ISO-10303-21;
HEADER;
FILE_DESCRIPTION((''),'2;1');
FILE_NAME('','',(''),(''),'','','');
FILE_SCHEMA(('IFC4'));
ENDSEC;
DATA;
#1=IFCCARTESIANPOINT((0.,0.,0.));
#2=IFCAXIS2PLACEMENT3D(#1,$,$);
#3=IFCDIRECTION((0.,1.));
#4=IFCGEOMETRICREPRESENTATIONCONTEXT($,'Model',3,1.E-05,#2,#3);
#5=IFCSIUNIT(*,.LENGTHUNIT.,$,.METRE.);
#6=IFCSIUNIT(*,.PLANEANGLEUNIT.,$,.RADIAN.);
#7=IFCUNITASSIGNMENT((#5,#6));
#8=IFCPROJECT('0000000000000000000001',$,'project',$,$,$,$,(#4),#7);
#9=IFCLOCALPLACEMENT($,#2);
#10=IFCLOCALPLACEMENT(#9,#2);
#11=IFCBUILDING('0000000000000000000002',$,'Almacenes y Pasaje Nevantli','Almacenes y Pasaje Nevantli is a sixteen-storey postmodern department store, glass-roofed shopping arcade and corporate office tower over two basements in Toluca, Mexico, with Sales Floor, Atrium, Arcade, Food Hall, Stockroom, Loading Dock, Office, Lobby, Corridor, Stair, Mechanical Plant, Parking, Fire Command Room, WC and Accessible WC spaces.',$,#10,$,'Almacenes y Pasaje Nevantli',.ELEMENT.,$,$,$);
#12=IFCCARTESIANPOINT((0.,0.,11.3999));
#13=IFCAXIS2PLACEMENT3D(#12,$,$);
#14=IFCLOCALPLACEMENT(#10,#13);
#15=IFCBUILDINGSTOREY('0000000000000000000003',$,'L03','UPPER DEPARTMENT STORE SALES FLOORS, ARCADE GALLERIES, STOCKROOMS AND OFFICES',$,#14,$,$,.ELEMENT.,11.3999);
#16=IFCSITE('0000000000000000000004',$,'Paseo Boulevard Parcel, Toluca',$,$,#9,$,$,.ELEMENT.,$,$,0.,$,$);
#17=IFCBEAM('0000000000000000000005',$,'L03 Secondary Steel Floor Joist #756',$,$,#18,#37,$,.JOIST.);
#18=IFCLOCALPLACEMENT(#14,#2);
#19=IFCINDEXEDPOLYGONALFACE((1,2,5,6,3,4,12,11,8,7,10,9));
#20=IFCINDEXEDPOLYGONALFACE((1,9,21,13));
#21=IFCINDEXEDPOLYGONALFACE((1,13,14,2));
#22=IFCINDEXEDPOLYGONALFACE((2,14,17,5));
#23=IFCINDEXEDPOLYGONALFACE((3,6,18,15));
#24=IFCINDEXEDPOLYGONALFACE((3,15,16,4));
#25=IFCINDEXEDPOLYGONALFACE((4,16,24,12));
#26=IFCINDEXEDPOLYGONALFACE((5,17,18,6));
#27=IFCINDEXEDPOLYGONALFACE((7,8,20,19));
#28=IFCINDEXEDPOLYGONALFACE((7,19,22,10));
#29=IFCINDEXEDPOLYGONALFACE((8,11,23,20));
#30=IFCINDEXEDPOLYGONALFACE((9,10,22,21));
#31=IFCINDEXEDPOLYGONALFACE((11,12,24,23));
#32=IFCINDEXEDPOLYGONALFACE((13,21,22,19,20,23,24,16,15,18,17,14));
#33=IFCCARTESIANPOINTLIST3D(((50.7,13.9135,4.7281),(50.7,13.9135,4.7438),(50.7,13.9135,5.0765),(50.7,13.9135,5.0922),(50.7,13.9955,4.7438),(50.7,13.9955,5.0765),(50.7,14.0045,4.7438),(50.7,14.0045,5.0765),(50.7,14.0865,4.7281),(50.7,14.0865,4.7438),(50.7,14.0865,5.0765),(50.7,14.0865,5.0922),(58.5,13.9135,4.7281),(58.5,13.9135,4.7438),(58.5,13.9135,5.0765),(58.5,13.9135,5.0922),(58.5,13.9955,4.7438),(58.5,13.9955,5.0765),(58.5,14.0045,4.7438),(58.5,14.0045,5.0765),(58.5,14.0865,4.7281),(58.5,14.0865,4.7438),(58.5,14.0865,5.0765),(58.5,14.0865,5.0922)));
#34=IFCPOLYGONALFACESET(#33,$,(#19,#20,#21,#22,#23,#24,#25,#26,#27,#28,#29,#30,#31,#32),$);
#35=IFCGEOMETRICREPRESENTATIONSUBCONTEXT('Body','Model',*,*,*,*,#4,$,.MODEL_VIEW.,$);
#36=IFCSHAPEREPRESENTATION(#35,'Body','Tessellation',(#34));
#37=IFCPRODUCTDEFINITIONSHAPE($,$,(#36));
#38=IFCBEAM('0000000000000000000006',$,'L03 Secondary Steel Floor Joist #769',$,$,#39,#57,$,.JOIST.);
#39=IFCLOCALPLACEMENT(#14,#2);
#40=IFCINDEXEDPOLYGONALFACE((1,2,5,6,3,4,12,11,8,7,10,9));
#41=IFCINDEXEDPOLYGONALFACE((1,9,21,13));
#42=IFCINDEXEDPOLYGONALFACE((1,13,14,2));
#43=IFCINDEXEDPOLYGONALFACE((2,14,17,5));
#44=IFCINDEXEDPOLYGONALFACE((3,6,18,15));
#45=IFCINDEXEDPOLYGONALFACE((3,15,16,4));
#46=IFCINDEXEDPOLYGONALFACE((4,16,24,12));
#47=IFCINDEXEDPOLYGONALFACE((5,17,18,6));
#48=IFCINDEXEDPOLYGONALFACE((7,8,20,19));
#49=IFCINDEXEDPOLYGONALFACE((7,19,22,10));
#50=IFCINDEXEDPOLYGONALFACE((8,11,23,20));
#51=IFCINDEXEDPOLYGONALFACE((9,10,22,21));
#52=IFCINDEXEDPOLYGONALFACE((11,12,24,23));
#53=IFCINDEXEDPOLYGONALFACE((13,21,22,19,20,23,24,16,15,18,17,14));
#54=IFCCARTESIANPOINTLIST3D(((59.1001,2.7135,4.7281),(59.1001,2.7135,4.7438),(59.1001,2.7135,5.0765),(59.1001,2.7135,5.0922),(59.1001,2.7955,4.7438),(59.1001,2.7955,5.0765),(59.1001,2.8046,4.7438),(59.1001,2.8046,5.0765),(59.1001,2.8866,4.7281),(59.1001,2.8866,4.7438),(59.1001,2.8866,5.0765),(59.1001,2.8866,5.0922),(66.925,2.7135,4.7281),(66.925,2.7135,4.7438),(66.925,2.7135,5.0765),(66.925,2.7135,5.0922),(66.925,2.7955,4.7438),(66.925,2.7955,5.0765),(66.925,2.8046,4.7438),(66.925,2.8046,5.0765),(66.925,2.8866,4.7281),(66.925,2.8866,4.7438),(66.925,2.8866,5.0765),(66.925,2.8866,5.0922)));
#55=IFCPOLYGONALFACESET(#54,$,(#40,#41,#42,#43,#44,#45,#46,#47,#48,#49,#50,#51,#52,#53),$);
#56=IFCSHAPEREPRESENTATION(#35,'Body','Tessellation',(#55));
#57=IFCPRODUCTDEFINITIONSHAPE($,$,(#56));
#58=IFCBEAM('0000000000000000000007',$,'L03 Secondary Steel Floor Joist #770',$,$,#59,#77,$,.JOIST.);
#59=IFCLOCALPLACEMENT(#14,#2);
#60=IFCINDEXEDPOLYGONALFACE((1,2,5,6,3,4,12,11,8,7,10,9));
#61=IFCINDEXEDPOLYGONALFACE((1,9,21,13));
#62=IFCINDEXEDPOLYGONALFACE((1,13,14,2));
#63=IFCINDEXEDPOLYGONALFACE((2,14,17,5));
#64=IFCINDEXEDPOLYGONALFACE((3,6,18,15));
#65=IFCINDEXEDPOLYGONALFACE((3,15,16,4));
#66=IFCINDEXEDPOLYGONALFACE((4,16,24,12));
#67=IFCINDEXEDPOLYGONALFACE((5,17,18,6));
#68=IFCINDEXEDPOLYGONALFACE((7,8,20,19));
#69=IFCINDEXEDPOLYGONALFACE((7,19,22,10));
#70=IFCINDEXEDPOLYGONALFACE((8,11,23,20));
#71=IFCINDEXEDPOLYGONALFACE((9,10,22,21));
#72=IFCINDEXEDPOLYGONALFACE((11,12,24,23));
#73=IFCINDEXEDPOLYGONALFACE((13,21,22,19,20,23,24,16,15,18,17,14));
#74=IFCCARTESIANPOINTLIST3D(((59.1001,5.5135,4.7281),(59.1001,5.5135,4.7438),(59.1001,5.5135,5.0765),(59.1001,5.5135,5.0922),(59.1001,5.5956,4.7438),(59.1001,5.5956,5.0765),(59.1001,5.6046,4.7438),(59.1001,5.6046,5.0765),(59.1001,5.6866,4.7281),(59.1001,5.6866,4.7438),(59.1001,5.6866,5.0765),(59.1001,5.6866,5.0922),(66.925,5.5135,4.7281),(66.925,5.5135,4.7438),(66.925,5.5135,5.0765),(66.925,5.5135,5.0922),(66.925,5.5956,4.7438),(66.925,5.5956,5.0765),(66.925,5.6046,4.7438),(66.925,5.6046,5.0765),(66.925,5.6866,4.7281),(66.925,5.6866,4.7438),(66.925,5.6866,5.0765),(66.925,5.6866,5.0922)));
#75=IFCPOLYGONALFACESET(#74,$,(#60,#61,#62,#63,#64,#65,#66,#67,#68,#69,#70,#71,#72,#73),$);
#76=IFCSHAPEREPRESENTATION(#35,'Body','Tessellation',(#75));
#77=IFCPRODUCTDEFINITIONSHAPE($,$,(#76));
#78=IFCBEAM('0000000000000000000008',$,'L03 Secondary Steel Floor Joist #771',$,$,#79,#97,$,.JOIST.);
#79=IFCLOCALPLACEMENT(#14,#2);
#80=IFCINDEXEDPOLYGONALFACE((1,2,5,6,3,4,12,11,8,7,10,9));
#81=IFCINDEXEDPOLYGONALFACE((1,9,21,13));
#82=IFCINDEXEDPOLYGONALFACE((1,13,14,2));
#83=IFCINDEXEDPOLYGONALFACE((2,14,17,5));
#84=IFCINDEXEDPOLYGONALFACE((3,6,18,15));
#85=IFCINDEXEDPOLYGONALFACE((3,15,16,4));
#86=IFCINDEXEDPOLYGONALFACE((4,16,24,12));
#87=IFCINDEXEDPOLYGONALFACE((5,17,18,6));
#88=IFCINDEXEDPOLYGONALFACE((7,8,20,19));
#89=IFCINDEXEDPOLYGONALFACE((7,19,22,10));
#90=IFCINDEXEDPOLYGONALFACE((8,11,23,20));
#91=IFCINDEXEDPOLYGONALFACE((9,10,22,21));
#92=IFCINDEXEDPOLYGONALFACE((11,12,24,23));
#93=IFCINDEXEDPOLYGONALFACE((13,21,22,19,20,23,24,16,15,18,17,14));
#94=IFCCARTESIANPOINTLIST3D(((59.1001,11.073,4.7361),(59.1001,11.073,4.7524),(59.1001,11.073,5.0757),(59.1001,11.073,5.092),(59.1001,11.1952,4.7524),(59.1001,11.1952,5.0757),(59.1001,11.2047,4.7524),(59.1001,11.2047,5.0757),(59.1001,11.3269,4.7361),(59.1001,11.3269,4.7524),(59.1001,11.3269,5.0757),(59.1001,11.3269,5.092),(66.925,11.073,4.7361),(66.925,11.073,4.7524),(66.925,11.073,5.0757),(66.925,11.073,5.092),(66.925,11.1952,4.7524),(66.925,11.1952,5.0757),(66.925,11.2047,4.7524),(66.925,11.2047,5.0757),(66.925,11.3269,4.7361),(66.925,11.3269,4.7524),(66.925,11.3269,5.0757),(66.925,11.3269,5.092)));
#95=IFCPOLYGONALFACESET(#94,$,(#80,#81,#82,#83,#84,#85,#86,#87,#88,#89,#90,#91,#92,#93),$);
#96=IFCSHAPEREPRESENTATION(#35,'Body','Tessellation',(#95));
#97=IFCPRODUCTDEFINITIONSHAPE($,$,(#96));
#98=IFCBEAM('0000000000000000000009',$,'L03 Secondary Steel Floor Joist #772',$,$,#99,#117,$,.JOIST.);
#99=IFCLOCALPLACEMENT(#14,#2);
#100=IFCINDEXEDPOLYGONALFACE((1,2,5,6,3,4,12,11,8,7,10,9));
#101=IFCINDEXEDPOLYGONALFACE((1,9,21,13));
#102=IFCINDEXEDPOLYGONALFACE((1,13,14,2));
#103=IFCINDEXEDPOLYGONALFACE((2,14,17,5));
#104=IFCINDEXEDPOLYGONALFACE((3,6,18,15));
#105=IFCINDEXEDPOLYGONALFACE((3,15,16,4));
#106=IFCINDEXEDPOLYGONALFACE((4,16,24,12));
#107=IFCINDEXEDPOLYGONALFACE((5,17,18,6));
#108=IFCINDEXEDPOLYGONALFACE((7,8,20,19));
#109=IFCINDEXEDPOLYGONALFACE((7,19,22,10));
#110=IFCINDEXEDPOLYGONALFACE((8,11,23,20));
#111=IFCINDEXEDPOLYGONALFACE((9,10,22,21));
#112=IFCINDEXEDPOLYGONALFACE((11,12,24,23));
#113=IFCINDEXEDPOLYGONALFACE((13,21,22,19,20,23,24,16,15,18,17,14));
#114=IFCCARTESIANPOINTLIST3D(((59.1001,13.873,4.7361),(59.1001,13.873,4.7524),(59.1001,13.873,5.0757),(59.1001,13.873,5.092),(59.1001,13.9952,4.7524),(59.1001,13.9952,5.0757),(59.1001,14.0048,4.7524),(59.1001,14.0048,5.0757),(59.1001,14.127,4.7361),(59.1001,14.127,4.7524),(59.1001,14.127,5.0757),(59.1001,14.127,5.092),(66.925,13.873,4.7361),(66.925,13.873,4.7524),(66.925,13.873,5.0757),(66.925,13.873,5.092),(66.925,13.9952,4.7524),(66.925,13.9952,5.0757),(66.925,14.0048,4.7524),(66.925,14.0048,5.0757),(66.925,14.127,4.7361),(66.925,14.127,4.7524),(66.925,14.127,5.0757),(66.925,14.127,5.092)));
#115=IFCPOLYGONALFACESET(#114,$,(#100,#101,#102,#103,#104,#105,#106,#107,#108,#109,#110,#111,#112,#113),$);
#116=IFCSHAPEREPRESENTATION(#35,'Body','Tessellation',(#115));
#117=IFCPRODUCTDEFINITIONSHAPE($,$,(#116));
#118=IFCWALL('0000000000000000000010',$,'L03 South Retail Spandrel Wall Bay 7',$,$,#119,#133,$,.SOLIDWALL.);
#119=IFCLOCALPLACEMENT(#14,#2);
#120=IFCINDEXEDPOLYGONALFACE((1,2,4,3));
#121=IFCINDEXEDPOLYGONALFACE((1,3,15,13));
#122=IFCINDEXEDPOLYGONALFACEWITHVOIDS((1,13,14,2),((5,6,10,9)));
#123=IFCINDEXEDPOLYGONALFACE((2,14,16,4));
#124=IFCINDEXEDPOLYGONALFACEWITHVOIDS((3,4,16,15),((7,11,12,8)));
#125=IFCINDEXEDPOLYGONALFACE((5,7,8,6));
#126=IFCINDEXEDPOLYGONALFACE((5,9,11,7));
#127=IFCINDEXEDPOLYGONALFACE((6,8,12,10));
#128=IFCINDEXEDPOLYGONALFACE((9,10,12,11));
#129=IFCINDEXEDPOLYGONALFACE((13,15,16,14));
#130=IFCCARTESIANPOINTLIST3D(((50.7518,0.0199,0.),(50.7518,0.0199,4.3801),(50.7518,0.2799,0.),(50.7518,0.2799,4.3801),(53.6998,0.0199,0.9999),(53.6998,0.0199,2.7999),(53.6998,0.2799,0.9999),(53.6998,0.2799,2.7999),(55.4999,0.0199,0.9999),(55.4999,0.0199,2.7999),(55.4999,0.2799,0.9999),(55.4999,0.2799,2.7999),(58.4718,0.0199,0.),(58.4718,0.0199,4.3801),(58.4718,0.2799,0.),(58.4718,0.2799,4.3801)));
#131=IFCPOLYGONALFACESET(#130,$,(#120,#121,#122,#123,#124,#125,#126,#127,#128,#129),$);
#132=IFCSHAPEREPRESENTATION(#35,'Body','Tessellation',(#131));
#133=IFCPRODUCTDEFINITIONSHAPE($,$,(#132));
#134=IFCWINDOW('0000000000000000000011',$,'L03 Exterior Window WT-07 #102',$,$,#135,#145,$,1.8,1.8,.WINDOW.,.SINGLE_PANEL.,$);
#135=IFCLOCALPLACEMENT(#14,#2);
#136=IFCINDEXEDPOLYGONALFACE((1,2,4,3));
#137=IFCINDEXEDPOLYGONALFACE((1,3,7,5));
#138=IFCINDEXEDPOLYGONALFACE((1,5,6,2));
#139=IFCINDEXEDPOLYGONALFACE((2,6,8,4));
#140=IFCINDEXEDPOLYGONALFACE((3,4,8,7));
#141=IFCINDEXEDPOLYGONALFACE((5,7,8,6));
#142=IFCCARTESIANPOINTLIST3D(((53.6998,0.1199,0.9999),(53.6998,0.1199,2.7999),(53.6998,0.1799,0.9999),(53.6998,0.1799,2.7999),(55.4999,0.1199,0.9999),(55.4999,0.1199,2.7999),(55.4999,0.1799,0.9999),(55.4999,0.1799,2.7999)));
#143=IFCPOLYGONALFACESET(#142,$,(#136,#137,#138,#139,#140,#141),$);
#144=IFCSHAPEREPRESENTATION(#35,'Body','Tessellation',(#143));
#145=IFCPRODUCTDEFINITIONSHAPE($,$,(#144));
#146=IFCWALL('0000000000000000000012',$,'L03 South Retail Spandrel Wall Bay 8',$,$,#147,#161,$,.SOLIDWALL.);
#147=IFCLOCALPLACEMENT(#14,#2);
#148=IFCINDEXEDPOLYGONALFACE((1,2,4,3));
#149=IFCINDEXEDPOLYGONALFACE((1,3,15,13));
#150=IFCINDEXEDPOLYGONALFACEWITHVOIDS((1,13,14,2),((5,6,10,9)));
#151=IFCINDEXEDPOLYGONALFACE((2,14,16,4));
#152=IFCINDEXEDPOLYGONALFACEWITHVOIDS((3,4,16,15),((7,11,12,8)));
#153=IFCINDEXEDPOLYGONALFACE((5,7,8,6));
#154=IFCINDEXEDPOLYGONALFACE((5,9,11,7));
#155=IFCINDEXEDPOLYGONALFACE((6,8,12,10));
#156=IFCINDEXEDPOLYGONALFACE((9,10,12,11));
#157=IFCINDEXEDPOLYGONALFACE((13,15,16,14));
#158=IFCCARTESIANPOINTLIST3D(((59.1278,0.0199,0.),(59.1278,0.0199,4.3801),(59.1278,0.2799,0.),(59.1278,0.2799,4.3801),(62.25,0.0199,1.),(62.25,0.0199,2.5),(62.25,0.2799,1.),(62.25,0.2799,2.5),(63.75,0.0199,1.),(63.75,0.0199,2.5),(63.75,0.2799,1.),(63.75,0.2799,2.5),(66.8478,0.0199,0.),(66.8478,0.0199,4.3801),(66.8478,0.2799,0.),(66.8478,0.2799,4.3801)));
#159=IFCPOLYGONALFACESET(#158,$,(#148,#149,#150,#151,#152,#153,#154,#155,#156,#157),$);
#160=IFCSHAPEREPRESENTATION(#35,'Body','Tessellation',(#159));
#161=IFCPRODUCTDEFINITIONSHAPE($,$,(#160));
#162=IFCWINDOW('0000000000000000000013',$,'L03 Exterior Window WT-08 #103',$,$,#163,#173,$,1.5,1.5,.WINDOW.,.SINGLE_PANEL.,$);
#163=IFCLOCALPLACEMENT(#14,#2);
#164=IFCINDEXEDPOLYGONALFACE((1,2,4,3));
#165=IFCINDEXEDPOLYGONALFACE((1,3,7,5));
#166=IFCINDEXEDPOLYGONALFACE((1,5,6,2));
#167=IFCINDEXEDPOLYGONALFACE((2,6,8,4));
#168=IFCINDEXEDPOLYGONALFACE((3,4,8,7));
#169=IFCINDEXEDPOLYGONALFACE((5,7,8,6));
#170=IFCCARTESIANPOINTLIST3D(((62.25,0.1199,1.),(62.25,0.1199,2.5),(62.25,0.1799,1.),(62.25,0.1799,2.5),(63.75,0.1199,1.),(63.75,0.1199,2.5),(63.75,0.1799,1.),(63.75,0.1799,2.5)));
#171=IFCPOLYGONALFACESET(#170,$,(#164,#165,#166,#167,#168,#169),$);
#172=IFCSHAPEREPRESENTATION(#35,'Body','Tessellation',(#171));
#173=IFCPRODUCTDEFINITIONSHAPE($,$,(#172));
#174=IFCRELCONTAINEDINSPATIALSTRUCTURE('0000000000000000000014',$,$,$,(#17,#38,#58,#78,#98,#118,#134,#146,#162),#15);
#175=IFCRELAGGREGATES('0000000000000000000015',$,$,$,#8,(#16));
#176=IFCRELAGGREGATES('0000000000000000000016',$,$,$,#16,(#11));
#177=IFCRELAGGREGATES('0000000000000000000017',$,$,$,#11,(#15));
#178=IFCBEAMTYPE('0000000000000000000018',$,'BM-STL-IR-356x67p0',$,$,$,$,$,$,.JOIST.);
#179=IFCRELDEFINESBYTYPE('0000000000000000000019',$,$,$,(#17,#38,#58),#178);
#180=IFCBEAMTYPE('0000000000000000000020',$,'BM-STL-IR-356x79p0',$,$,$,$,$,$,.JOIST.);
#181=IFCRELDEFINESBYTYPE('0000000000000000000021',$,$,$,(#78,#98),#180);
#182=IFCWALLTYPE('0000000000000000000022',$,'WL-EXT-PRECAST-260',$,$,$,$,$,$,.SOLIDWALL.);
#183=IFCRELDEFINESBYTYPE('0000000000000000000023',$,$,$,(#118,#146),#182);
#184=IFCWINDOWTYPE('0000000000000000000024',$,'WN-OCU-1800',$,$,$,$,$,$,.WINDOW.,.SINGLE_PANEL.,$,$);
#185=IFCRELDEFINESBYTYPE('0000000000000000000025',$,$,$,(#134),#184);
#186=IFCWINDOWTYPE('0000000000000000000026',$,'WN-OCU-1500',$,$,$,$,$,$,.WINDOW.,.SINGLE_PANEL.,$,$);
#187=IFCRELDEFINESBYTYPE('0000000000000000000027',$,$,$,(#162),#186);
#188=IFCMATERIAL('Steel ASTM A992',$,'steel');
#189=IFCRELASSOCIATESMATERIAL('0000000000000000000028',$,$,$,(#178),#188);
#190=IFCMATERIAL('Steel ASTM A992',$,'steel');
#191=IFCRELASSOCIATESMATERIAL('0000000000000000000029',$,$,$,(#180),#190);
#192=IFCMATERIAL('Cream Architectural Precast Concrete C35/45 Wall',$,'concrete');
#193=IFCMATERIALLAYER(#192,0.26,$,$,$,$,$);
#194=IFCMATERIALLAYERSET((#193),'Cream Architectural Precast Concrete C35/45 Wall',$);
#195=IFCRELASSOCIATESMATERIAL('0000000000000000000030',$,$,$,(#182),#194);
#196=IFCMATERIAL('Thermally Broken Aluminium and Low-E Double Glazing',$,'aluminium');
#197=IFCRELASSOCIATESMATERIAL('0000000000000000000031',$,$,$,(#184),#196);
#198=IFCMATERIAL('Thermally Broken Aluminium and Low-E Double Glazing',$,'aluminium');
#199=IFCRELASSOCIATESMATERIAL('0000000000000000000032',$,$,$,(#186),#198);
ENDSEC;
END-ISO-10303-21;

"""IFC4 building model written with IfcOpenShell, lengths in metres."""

from ifc_helpers import new_model, si_unit, direction, frame, frame_2d, origin, origin_2d, place, context, subcontext, project, spatial, rectangle, i_section, extrude, material, layer, layer_set, material_profile, profile_set, type_object, element, fill, save


model = new_model("IFC4")

# Units and contexts
model_context = context("Model", 3, precision=1e-05, world=origin(), true_north=direction((0.0, 1.0)))
body_context = subcontext(model_context, "Body", "Model", "MODEL_VIEW")
ifc_project = project(units=[si_unit("LENGTHUNIT", "METRE"), si_unit("PLANEANGLEUNIT", "RADIAN")], contexts=[model_context])

# Site, building, storey
site_placement = place(None, origin())
site = spatial("IfcSite", under=ifc_project, at=site_placement, Name="Paseo Boulevard Parcel, Toluca", CompositionType="ELEMENT", RefElevation=0.0)
building_placement = place(site_placement, origin())
building = spatial("IfcBuilding", under=site, at=building_placement, Name="Almacenes y Pasaje Nevantli", Description="Almacenes y Pasaje Nevantli is a sixteen-storey postmodern department store, glass-roofed shopping arcade and corporate office tower over two basements in Toluca, Mexico, with Sales Floor, Atrium, Arcade, Food Hall, Stockroom, Loading Dock, Office, Lobby, Corridor, Stair, Mechanical Plant, Parking, Fire Command Room, WC and Accessible WC spaces.", LongName="Almacenes y Pasaje Nevantli", CompositionType="ELEMENT")
storey_placement = place(building_placement, frame((0.0, 0.0, 11.3999)))
storey = spatial("IfcBuildingStorey", under=building, at=storey_placement, Name="L03", Description="UPPER DEPARTMENT STORE SALES FLOORS, ARCADE GALLERIES, STOCKROOMS AND OFFICES", CompositionType="ELEMENT", Elevation=11.3999)

# Beams
ifc_material_1 = material(Name="Steel ASTM A992", Category="steel")
ifc_material_profile_1 = material_profile(ifc_material_1, i_section(OverallWidth=0.1731, OverallDepth=0.364, WebThickness=0.009, FlangeThickness=0.0156, at=origin_2d()), Name="IR 356x67.0")
ifc_profile_set_1 = profile_set([ifc_material_profile_1], Name="Steel ASTM A992")
beam_type_1 = type_object("IfcBeamType", Name="BM-STL-IR-356x67p0", PredefinedType="JOIST", material=ifc_profile_set_1)
for number, where, z_axis, x_axis, name in (
    (1, (50.7, 14.0, 4.9102), (1.0, 0.0, 0.0), (0.0, 1.0, 0.0), "L03 Secondary Steel Floor Joist #756"),
):
    element("IfcBeam", number, at=place(storey_placement, frame(where, z_axis=z_axis, x_axis=x_axis)), inside=storey, type_object=beam_type_1, Name=name, PredefinedType="JOIST", context=body_context, shape_type="SweptSolid", body=[
        extrude(i_section(OverallWidth=0.1731, OverallDepth=0.364, WebThickness=0.009, FlangeThickness=0.0156, at=origin_2d()), origin(), (0.0, 0.0, 1.0), 7.8),
    ])
for number, where, z_axis, x_axis, name in (
    (2, (59.1001, 2.8, 4.9102), (1.0, 0.0, 0.0), (0.0, 1.0, 0.0), "L03 Secondary Steel Floor Joist #769"),
    (3, (59.1001, 5.6001, 4.9102), (1.0, 0.0, 0.0), (0.0, 1.0, 0.0), "L03 Secondary Steel Floor Joist #770"),
):
    element("IfcBeam", number, at=place(storey_placement, frame(where, z_axis=z_axis, x_axis=x_axis)), inside=storey, type_object=beam_type_1, Name=name, PredefinedType="JOIST", context=body_context, shape_type="SweptSolid", body=[
        extrude(i_section(OverallWidth=0.1731, OverallDepth=0.364, WebThickness=0.009, FlangeThickness=0.0156, at=origin_2d()), origin(), (0.0, 0.0, 1.0), 7.825),
    ])
ifc_material_2 = material(Name="Steel ASTM A992", Category="steel")
ifc_material_profile_2 = material_profile(ifc_material_2, i_section(OverallWidth=0.2539, OverallDepth=0.356, WebThickness=0.0095, FlangeThickness=0.0164, at=origin_2d()), Name="IR 356x79.0")
ifc_profile_set_2 = profile_set([ifc_material_profile_2], Name="Steel ASTM A992")
beam_type_2 = type_object("IfcBeamType", Name="BM-STL-IR-356x79p0", PredefinedType="JOIST", material=ifc_profile_set_2)
for number, where, z_axis, x_axis, name in (
    (4, (59.1001, 11.2, 4.9141), (1.0, 0.0, 0.0), (0.0, 1.0, 0.0), "L03 Secondary Steel Floor Joist #771"),
    (5, (59.1001, 14.0, 4.9141), (1.0, 0.0, 0.0), (0.0, 1.0, 0.0), "L03 Secondary Steel Floor Joist #772"),
):
    element("IfcBeam", number, at=place(storey_placement, frame(where, z_axis=z_axis, x_axis=x_axis)), inside=storey, type_object=beam_type_2, Name=name, PredefinedType="JOIST", context=body_context, shape_type="SweptSolid", body=[
        extrude(i_section(OverallWidth=0.2539, OverallDepth=0.356, WebThickness=0.0095, FlangeThickness=0.0164, at=origin_2d()), origin(), (0.0, 0.0, 1.0), 7.825),
    ])

# Walls, openings, windows
ifc_material_3 = material(Name="Cream Architectural Precast Concrete C35/45 Wall", Category="concrete")
ifc_layer = layer(ifc_material_3, 0.26)
ifc_layer_set = layer_set([ifc_layer], Name="Cream Architectural Precast Concrete C35/45 Wall")
wall_type = type_object("IfcWallType", Name="WL-EXT-PRECAST-260", PredefinedType="SOLIDWALL", material=ifc_layer_set)
wall_1_placement = place(storey_placement, frame((50.752, 0.1499, 0.0), z_axis=(0.0, 0.0, 1.0), x_axis=(1.0, 0.0, 0.0)))
wall_1 = element("IfcWall", 6, at=wall_1_placement, inside=storey, type_object=wall_type, Name="L03 South Retail Spandrel Wall Bay 7", PredefinedType="SOLIDWALL", context=body_context, shape_type="SweptSolid", body=[
    extrude(rectangle(XDim=7.72, YDim=0.26, at=frame_2d((3.8599, 0.0))), origin(), (0.0, 0.0, 1.0), 4.3801),
])
opening_1_placement = place(wall_1_placement, frame((2.948, 0.0, 1.0)))
opening_1 = element("IfcOpeningElement", 7, at=opening_1_placement, cuts=wall_1, PredefinedType="OPENING", context=body_context, shape_type="SweptSolid", body=[
    extrude(rectangle(XDim=1.8, YDim=1.8, at=frame_2d((0.8999, 0.8999))), frame((0.0, 0.1399, 0.0), z_axis=(0.0, -1.0, 0.0), x_axis=(1.0, 0.0, 0.0)), (0.0, 0.0, 1.0), 0.28),
])
ifc_material_4 = material(Name="Thermally Broken Aluminium and Low-E Double Glazing", Category="aluminium")
window_type_1 = type_object("IfcWindowType", Name="WN-OCU-1800", PartitioningType="SINGLE_PANEL", PredefinedType="WINDOW", material=ifc_material_4)
window_1_placement = place(opening_1_placement, origin())
window_1 = element("IfcWindow", 8, at=window_1_placement, inside=storey, type_object=window_type_1, Name="L03 Exterior Window WT-07 #102", OverallHeight=1.8, OverallWidth=1.8, PartitioningType="SINGLE_PANEL", PredefinedType="WINDOW", context=body_context, shape_type="SweptSolid", body=[
    extrude(rectangle(XDim=1.8, YDim=1.8, at=frame_2d((0.8999, 0.8999))), frame((0.0, 0.03, 0.0), z_axis=(0.0, -1.0, 0.0), x_axis=(1.0, 0.0, 0.0)), (0.0, 0.0, 1.0), 0.0601),
])
fill(opening_1, window_1)
wall_2_placement = place(storey_placement, frame((59.1279, 0.1499, 0.0), z_axis=(0.0, 0.0, 1.0), x_axis=(1.0, 0.0, 0.0)))
wall_2 = element("IfcWall", 9, at=wall_2_placement, inside=storey, type_object=wall_type, Name="L03 South Retail Spandrel Wall Bay 8", PredefinedType="SOLIDWALL", context=body_context, shape_type="SweptSolid", body=[
    extrude(rectangle(XDim=7.72, YDim=0.26, at=frame_2d((3.8599, 0.0))), origin(), (0.0, 0.0, 1.0), 4.3801),
])
opening_2_placement = place(wall_2_placement, frame((3.1221, 0.0, 1.0)))
opening_2 = element("IfcOpeningElement", 10, at=opening_2_placement, cuts=wall_2, PredefinedType="OPENING", context=body_context, shape_type="SweptSolid", body=[
    extrude(rectangle(XDim=1.5, YDim=1.5, at=frame_2d((0.75, 0.75))), frame((0.0, 0.1399, 0.0), z_axis=(0.0, -1.0, 0.0), x_axis=(1.0, 0.0, 0.0)), (0.0, 0.0, 1.0), 0.28),
])
ifc_material_5 = material(Name="Thermally Broken Aluminium and Low-E Double Glazing", Category="aluminium")
window_type_2 = type_object("IfcWindowType", Name="WN-OCU-1500", PartitioningType="SINGLE_PANEL", PredefinedType="WINDOW", material=ifc_material_5)
window_2_placement = place(opening_2_placement, origin())
window_2 = element("IfcWindow", 11, at=window_2_placement, inside=storey, type_object=window_type_2, Name="L03 Exterior Window WT-08 #103", OverallHeight=1.5, OverallWidth=1.5, PartitioningType="SINGLE_PANEL", PredefinedType="WINDOW", context=body_context, shape_type="SweptSolid", body=[
    extrude(rectangle(XDim=1.5, YDim=1.5, at=frame_2d((0.75, 0.75))), frame((0.0, 0.03, 0.0), z_axis=(0.0, -1.0, 0.0), x_axis=(1.0, 0.0, 0.0)), (0.0, 0.0, 1.0), 0.0601),
])
fill(opening_2, window_2)

save(model, "model.ifc")
